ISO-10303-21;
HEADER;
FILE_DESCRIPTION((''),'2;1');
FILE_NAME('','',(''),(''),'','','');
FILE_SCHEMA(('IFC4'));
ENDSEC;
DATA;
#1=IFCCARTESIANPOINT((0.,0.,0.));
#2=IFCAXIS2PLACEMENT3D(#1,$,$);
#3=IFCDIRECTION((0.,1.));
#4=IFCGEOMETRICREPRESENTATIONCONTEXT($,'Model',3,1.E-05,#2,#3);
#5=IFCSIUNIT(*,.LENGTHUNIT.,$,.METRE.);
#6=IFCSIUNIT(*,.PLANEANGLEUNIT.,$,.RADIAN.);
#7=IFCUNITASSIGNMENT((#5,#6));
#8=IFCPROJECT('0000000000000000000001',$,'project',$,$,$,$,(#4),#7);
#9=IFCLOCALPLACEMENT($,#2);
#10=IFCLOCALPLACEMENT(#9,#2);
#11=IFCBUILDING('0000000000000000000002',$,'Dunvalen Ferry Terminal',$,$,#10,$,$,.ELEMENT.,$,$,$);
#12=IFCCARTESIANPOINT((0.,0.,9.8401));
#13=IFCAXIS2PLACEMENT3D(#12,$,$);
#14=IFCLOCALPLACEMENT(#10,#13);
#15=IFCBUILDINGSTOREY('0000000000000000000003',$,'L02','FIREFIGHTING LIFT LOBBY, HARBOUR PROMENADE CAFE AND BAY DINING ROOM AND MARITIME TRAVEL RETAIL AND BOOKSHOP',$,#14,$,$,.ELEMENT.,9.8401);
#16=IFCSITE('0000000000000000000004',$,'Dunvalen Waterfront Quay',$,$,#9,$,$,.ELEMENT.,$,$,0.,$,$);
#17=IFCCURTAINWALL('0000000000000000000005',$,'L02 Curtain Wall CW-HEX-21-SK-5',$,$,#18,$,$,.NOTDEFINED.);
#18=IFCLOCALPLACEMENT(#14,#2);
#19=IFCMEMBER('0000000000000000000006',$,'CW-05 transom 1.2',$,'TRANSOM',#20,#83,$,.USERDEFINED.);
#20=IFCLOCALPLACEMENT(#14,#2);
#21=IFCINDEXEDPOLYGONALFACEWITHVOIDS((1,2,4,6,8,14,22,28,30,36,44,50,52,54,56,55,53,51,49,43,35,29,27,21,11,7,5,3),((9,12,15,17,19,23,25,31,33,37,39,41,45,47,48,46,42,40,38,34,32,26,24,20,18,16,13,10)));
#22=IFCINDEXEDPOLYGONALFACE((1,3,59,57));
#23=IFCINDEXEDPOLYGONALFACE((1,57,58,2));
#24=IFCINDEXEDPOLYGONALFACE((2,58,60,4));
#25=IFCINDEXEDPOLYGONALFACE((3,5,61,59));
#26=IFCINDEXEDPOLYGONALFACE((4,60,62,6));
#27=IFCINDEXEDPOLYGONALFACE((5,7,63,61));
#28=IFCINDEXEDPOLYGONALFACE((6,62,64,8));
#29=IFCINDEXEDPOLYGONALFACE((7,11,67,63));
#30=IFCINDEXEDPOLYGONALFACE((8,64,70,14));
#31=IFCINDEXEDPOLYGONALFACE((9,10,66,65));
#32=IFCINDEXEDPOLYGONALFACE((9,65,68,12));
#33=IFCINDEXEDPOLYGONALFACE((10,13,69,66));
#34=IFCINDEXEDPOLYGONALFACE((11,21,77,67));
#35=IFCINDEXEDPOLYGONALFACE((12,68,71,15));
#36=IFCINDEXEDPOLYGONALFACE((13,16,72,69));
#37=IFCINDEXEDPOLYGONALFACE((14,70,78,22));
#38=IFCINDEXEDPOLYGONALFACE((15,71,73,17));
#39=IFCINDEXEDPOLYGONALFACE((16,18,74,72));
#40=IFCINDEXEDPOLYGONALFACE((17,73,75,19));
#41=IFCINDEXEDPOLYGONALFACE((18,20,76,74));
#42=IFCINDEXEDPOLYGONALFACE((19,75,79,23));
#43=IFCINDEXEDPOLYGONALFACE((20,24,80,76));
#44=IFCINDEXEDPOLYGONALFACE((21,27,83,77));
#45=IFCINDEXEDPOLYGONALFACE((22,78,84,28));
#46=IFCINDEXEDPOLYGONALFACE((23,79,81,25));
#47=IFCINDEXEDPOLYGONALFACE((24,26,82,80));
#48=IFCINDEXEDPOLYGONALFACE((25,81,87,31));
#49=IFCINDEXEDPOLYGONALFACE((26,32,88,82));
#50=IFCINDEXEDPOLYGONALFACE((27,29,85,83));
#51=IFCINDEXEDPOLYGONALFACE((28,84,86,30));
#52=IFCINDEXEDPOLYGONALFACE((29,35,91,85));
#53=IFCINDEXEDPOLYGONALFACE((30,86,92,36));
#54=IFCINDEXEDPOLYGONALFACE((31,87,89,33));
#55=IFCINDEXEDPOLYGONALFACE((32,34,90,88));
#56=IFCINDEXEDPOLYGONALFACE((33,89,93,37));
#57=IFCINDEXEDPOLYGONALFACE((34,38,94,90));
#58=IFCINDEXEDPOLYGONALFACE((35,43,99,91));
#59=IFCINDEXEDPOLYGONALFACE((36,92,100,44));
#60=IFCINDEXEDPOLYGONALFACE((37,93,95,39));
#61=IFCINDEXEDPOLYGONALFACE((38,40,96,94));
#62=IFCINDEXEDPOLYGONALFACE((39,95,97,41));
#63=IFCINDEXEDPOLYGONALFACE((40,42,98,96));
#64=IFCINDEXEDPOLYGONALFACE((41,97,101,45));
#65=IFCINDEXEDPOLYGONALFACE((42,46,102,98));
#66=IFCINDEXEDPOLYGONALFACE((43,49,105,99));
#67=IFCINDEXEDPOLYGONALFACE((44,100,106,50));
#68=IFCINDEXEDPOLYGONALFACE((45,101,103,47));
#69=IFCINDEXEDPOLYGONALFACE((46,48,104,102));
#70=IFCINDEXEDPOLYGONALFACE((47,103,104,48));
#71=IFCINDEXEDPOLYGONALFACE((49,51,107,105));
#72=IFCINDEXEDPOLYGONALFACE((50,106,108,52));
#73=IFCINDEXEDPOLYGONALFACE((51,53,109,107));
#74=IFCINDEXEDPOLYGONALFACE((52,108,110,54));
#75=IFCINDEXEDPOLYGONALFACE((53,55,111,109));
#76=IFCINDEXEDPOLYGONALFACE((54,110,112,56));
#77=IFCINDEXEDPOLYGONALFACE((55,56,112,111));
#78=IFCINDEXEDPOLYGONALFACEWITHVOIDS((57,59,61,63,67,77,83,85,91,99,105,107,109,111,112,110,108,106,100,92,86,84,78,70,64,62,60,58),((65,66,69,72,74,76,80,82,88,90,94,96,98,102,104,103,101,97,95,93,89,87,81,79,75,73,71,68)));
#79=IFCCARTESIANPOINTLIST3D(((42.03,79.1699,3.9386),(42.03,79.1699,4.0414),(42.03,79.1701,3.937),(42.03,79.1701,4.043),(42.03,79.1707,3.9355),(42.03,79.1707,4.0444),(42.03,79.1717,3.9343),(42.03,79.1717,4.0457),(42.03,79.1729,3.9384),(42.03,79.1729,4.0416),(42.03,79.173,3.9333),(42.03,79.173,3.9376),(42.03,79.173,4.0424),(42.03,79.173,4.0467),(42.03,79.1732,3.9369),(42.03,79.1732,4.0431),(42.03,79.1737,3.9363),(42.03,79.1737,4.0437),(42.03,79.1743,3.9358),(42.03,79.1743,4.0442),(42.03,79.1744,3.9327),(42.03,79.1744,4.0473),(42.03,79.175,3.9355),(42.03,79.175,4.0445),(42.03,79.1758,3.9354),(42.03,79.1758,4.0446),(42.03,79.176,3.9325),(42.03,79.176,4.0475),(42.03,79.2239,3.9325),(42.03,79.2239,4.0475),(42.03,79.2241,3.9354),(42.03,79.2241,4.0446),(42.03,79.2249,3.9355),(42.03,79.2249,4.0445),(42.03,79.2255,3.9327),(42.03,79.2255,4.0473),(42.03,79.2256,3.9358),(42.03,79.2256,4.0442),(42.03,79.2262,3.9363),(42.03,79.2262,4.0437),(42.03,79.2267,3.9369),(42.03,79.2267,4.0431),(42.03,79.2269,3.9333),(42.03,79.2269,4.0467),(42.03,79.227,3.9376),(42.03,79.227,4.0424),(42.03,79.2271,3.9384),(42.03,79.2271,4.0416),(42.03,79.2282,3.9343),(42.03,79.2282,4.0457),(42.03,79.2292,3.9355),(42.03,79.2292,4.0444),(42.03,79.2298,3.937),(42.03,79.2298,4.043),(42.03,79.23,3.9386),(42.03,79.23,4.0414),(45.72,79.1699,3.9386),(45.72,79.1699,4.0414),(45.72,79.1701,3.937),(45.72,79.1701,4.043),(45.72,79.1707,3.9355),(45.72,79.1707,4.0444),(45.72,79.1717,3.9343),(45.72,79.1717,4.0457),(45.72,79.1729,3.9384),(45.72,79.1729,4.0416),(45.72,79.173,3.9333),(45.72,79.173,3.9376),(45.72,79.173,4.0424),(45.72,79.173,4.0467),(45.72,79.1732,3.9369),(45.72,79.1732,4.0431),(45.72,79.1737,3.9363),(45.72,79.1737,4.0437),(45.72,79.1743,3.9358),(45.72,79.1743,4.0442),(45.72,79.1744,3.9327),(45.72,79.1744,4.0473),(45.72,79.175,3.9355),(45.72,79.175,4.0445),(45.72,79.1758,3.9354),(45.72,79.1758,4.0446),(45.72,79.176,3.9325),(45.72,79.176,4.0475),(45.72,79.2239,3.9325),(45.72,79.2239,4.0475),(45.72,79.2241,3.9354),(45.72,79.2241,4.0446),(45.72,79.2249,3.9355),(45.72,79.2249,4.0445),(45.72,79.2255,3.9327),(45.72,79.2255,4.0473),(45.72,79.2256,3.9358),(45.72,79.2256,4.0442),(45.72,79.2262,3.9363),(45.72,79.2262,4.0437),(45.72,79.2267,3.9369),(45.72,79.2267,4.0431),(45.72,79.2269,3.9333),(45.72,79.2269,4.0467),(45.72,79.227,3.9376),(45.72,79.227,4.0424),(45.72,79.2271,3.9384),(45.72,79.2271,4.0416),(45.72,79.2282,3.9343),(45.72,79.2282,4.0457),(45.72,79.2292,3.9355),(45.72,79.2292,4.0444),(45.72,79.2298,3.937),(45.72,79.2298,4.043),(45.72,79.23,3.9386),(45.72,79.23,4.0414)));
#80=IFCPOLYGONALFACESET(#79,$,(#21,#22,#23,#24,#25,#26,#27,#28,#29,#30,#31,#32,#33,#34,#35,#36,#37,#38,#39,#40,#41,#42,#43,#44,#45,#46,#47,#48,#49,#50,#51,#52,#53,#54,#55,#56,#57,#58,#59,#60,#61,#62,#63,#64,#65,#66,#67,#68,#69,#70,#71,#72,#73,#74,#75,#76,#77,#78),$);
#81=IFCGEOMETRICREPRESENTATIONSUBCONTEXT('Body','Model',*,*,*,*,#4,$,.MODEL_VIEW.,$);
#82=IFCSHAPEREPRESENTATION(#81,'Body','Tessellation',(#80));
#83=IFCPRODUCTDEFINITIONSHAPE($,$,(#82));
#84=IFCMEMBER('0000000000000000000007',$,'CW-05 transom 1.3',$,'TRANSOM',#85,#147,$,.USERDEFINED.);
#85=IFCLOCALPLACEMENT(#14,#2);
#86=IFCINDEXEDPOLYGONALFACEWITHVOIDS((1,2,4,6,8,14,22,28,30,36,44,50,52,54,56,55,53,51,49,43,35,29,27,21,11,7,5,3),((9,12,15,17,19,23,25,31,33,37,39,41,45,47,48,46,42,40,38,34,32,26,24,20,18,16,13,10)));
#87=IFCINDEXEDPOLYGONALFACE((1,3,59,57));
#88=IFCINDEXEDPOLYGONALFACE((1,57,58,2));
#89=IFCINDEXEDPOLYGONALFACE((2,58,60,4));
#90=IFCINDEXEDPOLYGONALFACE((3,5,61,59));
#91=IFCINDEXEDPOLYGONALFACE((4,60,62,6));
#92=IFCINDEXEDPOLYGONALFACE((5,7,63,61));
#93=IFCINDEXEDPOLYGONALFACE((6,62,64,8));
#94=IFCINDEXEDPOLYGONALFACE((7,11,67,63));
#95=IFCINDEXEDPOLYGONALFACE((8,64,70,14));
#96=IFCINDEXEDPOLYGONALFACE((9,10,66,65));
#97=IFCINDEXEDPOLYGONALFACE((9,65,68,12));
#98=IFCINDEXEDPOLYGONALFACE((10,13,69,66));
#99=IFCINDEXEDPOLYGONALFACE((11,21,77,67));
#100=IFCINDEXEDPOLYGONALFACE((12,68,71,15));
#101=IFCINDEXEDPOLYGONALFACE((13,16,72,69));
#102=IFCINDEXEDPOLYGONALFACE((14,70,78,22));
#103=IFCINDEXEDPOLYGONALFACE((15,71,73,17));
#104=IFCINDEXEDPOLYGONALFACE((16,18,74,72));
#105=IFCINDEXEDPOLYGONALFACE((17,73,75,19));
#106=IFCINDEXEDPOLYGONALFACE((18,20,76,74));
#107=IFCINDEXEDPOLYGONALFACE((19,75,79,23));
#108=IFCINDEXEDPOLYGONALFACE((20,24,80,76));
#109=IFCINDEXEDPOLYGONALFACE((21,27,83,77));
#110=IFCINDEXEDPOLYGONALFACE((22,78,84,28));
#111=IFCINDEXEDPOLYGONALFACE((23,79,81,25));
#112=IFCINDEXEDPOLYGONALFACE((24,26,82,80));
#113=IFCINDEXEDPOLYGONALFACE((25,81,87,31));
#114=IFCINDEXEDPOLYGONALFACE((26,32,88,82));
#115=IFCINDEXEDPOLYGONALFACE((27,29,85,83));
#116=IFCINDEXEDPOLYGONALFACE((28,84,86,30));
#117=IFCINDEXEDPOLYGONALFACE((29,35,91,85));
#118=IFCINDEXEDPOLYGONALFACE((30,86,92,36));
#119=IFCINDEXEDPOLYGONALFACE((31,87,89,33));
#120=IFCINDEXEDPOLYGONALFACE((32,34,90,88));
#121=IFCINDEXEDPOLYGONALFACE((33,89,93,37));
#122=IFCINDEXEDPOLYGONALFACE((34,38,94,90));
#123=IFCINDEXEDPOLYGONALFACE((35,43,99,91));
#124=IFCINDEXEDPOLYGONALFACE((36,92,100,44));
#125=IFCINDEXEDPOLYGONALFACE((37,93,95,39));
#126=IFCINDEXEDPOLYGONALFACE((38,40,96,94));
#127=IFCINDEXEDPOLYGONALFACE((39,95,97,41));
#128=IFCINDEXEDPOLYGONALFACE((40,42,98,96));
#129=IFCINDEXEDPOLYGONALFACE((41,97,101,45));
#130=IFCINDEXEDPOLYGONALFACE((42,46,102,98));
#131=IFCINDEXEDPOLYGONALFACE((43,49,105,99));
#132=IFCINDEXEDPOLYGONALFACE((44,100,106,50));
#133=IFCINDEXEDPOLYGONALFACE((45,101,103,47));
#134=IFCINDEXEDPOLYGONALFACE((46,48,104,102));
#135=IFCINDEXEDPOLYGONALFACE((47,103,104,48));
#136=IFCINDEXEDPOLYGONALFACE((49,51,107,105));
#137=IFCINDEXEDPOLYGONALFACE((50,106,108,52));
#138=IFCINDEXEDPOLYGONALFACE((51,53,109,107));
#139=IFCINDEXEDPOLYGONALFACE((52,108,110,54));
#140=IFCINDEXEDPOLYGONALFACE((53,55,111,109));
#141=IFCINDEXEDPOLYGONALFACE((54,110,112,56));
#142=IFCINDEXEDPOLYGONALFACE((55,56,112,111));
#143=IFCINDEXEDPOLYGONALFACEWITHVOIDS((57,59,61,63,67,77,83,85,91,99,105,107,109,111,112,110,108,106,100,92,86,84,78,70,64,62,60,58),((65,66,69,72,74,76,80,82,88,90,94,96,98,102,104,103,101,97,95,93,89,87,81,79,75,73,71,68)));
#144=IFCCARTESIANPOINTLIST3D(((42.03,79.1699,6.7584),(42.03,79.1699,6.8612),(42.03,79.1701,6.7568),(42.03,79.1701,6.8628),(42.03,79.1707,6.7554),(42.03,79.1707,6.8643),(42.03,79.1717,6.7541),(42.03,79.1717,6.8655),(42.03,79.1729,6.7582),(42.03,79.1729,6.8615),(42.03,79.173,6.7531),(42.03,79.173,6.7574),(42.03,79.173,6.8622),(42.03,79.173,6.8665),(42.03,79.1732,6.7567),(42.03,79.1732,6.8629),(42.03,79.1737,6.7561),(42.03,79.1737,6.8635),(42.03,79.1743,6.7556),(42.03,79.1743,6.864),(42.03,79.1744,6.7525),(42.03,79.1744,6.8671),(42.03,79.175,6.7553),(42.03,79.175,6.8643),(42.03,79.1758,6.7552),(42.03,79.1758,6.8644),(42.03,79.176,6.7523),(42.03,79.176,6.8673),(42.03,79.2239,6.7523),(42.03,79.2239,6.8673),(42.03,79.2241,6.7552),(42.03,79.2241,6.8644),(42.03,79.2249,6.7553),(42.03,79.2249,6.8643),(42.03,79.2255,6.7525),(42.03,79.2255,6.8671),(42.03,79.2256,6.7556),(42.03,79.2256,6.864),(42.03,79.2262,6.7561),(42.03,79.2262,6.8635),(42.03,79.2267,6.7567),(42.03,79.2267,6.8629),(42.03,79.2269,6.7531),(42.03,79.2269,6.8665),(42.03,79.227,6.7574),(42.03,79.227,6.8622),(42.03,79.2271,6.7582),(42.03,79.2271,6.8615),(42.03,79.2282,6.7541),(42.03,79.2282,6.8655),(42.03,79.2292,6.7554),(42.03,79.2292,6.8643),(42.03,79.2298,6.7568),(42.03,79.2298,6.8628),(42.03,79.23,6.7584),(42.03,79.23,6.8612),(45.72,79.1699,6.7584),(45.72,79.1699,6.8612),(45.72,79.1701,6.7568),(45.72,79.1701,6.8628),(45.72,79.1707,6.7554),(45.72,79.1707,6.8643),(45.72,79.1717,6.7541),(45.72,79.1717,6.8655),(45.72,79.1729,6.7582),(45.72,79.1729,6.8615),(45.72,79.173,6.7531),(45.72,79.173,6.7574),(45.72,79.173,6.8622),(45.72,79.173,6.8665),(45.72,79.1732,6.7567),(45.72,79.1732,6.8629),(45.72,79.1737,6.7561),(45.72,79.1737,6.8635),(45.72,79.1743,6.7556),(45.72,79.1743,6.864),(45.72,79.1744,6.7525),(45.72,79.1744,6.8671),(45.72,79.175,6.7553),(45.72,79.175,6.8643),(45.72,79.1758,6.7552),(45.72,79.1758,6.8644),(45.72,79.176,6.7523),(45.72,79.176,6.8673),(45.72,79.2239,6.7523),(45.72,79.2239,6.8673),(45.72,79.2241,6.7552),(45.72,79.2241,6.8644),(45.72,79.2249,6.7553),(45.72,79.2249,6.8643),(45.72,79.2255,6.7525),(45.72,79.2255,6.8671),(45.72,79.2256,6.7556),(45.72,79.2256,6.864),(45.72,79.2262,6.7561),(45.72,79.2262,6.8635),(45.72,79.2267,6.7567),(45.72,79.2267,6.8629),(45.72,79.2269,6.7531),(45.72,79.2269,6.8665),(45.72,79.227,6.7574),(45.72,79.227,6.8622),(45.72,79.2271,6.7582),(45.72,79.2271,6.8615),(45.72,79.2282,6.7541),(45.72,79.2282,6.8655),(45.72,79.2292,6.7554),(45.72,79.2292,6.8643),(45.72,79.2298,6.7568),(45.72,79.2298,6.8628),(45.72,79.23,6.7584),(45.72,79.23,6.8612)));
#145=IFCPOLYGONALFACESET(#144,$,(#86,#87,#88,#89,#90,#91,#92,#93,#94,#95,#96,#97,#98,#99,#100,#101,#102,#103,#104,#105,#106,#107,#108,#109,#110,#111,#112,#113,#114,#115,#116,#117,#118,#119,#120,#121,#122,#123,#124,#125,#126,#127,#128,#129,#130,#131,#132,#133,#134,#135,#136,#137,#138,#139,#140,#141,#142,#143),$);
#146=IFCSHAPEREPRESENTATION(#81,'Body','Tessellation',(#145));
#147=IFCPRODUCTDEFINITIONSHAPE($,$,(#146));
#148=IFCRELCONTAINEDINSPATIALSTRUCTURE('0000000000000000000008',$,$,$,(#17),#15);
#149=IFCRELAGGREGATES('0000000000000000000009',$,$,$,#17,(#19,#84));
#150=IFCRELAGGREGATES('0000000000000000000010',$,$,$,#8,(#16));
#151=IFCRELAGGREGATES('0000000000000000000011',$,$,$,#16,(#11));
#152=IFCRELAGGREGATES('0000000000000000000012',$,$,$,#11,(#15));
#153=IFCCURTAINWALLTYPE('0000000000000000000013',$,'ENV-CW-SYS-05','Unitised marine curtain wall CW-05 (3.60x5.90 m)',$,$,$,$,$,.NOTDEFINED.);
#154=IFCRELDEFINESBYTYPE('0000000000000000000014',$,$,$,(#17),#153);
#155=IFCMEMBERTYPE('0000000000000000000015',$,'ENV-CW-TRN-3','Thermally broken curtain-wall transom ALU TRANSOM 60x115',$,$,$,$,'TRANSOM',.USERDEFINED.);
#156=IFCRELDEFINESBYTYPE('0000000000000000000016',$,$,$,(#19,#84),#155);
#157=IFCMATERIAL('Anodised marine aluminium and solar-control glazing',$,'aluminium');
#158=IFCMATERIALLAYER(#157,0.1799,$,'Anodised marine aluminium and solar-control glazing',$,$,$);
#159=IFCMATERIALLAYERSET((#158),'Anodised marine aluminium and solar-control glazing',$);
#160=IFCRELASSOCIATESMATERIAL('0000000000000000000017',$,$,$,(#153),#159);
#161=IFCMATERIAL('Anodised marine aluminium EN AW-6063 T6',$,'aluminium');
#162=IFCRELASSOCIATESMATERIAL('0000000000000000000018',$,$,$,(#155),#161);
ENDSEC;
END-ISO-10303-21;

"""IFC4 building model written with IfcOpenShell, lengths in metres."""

from ifc_helpers import new_model, si_unit, direction, frame, origin, origin_2d, place, context, subcontext, project, spatial, hollow_rectangle, extrude, material, layer, layer_set, material_profile, profile_set, type_object, element, aggregate, save


model = new_model("IFC4")

# Units and contexts
model_context = context("Model", 3, precision=1e-05, world=origin(), true_north=direction((0.0, 1.0)))
body_context = subcontext(model_context, "Body", "Model", "MODEL_VIEW")
ifc_project = project(units=[si_unit("LENGTHUNIT", "METRE"), si_unit("PLANEANGLEUNIT", "RADIAN")], contexts=[model_context])

# Site, building, storey
site_placement = place(None, origin())
site = spatial("IfcSite", under=ifc_project, at=site_placement, Name="Dunvalen Waterfront Quay", CompositionType="ELEMENT", RefElevation=0.0)
building_placement = place(site_placement, origin())
building = spatial("IfcBuilding", under=site, at=building_placement, Name="Dunvalen Ferry Terminal", CompositionType="ELEMENT")
storey_placement = place(building_placement, frame((0.0, 0.0, 9.8401)))
storey = spatial("IfcBuildingStorey", under=building, at=storey_placement, Name="L02", Description="FIREFIGHTING LIFT LOBBY, HARBOUR PROMENADE CAFE AND BAY DINING ROOM AND MARITIME TRAVEL RETAIL AND BOOKSHOP", CompositionType="ELEMENT", Elevation=9.8401)

# Curtain wall, members
ifc_material_1 = material(Name="Anodised marine aluminium and solar-control glazing", Category="aluminium")
ifc_layer_1 = layer(ifc_material_1, 0.1799, Name="Anodised marine aluminium and solar-control glazing")
ifc_layer_set_1 = layer_set([ifc_layer_1], Name="Anodised marine aluminium and solar-control glazing")
curtain_wall_type = type_object("IfcCurtainWallType", Name="ENV-CW-SYS-05", Description="Unitised marine curtain wall CW-05 (3.60x5.90 m)", PredefinedType="NOTDEFINED", material=ifc_layer_set_1)
curtain_wall_placement = place(storey_placement, origin())
curtain_wall = element("IfcCurtainWall", 1, at=curtain_wall_placement, inside=storey, type_object=curtain_wall_type, Name="L02 Curtain Wall CW-HEX-21-SK-5", PredefinedType="NOTDEFINED")
ifc_material_2 = material(Name="Anodised marine aluminium EN AW-6063 T6", Category="aluminium")
ifc_material_profile_1 = material_profile(ifc_material_2, hollow_rectangle(XDim=0.0601, YDim=0.115, WallThickness=0.0029, InnerFilletRadius=0.0029, OuterFilletRadius=0.0061, at=origin_2d()), Name="Anodised marine aluminium EN AW-6063 T6")
ifc_profile_set_1 = profile_set([ifc_material_profile_1], Name="Anodised marine aluminium EN AW-6063 T6")
member_type_1 = type_object("IfcMemberType", Name="ENV-CW-TRN-3", Description="Thermally broken curtain-wall transom ALU TRANSOM 60x115", ElementType="TRANSOM", PredefinedType="USERDEFINED", material=ifc_profile_set_1)
member_1_placement = place(storey_placement, frame((45.72, 79.2, 3.99), z_axis=(-1.0, 0.0, 0.0), x_axis=(0.0, -1.0, 0.0)))
member_1 = element("IfcMember", 2, at=member_1_placement, type_object=member_type_1, Name="CW-05 transom 1.2", ObjectType="TRANSOM", PredefinedType="USERDEFINED", context=body_context, shape_type="SweptSolid", body=[
    extrude(hollow_rectangle(XDim=0.0601, YDim=0.115, WallThickness=0.0029, InnerFilletRadius=0.0029, OuterFilletRadius=0.0061, at=origin_2d()), origin(), (0.0, 0.0, 1.0), 3.6899),
])
member_2_placement = place(storey_placement, frame((45.72, 79.2, 6.8098), z_axis=(-1.0, 0.0, 0.0), x_axis=(0.0, -1.0, 0.0)))
member_2 = element("IfcMember", 3, at=member_2_placement, type_object=member_type_1, Name="CW-05 transom 1.3", ObjectType="TRANSOM", PredefinedType="USERDEFINED", context=body_context, shape_type="SweptSolid", body=[
    extrude(hollow_rectangle(XDim=0.0601, YDim=0.115, WallThickness=0.0029, InnerFilletRadius=0.0029, OuterFilletRadius=0.0061, at=origin_2d()), origin(), (0.0, 0.0, 1.0), 3.6899),
])

aggregate(curtain_wall, [member_1, member_2])

save(model, "model.ifc")
